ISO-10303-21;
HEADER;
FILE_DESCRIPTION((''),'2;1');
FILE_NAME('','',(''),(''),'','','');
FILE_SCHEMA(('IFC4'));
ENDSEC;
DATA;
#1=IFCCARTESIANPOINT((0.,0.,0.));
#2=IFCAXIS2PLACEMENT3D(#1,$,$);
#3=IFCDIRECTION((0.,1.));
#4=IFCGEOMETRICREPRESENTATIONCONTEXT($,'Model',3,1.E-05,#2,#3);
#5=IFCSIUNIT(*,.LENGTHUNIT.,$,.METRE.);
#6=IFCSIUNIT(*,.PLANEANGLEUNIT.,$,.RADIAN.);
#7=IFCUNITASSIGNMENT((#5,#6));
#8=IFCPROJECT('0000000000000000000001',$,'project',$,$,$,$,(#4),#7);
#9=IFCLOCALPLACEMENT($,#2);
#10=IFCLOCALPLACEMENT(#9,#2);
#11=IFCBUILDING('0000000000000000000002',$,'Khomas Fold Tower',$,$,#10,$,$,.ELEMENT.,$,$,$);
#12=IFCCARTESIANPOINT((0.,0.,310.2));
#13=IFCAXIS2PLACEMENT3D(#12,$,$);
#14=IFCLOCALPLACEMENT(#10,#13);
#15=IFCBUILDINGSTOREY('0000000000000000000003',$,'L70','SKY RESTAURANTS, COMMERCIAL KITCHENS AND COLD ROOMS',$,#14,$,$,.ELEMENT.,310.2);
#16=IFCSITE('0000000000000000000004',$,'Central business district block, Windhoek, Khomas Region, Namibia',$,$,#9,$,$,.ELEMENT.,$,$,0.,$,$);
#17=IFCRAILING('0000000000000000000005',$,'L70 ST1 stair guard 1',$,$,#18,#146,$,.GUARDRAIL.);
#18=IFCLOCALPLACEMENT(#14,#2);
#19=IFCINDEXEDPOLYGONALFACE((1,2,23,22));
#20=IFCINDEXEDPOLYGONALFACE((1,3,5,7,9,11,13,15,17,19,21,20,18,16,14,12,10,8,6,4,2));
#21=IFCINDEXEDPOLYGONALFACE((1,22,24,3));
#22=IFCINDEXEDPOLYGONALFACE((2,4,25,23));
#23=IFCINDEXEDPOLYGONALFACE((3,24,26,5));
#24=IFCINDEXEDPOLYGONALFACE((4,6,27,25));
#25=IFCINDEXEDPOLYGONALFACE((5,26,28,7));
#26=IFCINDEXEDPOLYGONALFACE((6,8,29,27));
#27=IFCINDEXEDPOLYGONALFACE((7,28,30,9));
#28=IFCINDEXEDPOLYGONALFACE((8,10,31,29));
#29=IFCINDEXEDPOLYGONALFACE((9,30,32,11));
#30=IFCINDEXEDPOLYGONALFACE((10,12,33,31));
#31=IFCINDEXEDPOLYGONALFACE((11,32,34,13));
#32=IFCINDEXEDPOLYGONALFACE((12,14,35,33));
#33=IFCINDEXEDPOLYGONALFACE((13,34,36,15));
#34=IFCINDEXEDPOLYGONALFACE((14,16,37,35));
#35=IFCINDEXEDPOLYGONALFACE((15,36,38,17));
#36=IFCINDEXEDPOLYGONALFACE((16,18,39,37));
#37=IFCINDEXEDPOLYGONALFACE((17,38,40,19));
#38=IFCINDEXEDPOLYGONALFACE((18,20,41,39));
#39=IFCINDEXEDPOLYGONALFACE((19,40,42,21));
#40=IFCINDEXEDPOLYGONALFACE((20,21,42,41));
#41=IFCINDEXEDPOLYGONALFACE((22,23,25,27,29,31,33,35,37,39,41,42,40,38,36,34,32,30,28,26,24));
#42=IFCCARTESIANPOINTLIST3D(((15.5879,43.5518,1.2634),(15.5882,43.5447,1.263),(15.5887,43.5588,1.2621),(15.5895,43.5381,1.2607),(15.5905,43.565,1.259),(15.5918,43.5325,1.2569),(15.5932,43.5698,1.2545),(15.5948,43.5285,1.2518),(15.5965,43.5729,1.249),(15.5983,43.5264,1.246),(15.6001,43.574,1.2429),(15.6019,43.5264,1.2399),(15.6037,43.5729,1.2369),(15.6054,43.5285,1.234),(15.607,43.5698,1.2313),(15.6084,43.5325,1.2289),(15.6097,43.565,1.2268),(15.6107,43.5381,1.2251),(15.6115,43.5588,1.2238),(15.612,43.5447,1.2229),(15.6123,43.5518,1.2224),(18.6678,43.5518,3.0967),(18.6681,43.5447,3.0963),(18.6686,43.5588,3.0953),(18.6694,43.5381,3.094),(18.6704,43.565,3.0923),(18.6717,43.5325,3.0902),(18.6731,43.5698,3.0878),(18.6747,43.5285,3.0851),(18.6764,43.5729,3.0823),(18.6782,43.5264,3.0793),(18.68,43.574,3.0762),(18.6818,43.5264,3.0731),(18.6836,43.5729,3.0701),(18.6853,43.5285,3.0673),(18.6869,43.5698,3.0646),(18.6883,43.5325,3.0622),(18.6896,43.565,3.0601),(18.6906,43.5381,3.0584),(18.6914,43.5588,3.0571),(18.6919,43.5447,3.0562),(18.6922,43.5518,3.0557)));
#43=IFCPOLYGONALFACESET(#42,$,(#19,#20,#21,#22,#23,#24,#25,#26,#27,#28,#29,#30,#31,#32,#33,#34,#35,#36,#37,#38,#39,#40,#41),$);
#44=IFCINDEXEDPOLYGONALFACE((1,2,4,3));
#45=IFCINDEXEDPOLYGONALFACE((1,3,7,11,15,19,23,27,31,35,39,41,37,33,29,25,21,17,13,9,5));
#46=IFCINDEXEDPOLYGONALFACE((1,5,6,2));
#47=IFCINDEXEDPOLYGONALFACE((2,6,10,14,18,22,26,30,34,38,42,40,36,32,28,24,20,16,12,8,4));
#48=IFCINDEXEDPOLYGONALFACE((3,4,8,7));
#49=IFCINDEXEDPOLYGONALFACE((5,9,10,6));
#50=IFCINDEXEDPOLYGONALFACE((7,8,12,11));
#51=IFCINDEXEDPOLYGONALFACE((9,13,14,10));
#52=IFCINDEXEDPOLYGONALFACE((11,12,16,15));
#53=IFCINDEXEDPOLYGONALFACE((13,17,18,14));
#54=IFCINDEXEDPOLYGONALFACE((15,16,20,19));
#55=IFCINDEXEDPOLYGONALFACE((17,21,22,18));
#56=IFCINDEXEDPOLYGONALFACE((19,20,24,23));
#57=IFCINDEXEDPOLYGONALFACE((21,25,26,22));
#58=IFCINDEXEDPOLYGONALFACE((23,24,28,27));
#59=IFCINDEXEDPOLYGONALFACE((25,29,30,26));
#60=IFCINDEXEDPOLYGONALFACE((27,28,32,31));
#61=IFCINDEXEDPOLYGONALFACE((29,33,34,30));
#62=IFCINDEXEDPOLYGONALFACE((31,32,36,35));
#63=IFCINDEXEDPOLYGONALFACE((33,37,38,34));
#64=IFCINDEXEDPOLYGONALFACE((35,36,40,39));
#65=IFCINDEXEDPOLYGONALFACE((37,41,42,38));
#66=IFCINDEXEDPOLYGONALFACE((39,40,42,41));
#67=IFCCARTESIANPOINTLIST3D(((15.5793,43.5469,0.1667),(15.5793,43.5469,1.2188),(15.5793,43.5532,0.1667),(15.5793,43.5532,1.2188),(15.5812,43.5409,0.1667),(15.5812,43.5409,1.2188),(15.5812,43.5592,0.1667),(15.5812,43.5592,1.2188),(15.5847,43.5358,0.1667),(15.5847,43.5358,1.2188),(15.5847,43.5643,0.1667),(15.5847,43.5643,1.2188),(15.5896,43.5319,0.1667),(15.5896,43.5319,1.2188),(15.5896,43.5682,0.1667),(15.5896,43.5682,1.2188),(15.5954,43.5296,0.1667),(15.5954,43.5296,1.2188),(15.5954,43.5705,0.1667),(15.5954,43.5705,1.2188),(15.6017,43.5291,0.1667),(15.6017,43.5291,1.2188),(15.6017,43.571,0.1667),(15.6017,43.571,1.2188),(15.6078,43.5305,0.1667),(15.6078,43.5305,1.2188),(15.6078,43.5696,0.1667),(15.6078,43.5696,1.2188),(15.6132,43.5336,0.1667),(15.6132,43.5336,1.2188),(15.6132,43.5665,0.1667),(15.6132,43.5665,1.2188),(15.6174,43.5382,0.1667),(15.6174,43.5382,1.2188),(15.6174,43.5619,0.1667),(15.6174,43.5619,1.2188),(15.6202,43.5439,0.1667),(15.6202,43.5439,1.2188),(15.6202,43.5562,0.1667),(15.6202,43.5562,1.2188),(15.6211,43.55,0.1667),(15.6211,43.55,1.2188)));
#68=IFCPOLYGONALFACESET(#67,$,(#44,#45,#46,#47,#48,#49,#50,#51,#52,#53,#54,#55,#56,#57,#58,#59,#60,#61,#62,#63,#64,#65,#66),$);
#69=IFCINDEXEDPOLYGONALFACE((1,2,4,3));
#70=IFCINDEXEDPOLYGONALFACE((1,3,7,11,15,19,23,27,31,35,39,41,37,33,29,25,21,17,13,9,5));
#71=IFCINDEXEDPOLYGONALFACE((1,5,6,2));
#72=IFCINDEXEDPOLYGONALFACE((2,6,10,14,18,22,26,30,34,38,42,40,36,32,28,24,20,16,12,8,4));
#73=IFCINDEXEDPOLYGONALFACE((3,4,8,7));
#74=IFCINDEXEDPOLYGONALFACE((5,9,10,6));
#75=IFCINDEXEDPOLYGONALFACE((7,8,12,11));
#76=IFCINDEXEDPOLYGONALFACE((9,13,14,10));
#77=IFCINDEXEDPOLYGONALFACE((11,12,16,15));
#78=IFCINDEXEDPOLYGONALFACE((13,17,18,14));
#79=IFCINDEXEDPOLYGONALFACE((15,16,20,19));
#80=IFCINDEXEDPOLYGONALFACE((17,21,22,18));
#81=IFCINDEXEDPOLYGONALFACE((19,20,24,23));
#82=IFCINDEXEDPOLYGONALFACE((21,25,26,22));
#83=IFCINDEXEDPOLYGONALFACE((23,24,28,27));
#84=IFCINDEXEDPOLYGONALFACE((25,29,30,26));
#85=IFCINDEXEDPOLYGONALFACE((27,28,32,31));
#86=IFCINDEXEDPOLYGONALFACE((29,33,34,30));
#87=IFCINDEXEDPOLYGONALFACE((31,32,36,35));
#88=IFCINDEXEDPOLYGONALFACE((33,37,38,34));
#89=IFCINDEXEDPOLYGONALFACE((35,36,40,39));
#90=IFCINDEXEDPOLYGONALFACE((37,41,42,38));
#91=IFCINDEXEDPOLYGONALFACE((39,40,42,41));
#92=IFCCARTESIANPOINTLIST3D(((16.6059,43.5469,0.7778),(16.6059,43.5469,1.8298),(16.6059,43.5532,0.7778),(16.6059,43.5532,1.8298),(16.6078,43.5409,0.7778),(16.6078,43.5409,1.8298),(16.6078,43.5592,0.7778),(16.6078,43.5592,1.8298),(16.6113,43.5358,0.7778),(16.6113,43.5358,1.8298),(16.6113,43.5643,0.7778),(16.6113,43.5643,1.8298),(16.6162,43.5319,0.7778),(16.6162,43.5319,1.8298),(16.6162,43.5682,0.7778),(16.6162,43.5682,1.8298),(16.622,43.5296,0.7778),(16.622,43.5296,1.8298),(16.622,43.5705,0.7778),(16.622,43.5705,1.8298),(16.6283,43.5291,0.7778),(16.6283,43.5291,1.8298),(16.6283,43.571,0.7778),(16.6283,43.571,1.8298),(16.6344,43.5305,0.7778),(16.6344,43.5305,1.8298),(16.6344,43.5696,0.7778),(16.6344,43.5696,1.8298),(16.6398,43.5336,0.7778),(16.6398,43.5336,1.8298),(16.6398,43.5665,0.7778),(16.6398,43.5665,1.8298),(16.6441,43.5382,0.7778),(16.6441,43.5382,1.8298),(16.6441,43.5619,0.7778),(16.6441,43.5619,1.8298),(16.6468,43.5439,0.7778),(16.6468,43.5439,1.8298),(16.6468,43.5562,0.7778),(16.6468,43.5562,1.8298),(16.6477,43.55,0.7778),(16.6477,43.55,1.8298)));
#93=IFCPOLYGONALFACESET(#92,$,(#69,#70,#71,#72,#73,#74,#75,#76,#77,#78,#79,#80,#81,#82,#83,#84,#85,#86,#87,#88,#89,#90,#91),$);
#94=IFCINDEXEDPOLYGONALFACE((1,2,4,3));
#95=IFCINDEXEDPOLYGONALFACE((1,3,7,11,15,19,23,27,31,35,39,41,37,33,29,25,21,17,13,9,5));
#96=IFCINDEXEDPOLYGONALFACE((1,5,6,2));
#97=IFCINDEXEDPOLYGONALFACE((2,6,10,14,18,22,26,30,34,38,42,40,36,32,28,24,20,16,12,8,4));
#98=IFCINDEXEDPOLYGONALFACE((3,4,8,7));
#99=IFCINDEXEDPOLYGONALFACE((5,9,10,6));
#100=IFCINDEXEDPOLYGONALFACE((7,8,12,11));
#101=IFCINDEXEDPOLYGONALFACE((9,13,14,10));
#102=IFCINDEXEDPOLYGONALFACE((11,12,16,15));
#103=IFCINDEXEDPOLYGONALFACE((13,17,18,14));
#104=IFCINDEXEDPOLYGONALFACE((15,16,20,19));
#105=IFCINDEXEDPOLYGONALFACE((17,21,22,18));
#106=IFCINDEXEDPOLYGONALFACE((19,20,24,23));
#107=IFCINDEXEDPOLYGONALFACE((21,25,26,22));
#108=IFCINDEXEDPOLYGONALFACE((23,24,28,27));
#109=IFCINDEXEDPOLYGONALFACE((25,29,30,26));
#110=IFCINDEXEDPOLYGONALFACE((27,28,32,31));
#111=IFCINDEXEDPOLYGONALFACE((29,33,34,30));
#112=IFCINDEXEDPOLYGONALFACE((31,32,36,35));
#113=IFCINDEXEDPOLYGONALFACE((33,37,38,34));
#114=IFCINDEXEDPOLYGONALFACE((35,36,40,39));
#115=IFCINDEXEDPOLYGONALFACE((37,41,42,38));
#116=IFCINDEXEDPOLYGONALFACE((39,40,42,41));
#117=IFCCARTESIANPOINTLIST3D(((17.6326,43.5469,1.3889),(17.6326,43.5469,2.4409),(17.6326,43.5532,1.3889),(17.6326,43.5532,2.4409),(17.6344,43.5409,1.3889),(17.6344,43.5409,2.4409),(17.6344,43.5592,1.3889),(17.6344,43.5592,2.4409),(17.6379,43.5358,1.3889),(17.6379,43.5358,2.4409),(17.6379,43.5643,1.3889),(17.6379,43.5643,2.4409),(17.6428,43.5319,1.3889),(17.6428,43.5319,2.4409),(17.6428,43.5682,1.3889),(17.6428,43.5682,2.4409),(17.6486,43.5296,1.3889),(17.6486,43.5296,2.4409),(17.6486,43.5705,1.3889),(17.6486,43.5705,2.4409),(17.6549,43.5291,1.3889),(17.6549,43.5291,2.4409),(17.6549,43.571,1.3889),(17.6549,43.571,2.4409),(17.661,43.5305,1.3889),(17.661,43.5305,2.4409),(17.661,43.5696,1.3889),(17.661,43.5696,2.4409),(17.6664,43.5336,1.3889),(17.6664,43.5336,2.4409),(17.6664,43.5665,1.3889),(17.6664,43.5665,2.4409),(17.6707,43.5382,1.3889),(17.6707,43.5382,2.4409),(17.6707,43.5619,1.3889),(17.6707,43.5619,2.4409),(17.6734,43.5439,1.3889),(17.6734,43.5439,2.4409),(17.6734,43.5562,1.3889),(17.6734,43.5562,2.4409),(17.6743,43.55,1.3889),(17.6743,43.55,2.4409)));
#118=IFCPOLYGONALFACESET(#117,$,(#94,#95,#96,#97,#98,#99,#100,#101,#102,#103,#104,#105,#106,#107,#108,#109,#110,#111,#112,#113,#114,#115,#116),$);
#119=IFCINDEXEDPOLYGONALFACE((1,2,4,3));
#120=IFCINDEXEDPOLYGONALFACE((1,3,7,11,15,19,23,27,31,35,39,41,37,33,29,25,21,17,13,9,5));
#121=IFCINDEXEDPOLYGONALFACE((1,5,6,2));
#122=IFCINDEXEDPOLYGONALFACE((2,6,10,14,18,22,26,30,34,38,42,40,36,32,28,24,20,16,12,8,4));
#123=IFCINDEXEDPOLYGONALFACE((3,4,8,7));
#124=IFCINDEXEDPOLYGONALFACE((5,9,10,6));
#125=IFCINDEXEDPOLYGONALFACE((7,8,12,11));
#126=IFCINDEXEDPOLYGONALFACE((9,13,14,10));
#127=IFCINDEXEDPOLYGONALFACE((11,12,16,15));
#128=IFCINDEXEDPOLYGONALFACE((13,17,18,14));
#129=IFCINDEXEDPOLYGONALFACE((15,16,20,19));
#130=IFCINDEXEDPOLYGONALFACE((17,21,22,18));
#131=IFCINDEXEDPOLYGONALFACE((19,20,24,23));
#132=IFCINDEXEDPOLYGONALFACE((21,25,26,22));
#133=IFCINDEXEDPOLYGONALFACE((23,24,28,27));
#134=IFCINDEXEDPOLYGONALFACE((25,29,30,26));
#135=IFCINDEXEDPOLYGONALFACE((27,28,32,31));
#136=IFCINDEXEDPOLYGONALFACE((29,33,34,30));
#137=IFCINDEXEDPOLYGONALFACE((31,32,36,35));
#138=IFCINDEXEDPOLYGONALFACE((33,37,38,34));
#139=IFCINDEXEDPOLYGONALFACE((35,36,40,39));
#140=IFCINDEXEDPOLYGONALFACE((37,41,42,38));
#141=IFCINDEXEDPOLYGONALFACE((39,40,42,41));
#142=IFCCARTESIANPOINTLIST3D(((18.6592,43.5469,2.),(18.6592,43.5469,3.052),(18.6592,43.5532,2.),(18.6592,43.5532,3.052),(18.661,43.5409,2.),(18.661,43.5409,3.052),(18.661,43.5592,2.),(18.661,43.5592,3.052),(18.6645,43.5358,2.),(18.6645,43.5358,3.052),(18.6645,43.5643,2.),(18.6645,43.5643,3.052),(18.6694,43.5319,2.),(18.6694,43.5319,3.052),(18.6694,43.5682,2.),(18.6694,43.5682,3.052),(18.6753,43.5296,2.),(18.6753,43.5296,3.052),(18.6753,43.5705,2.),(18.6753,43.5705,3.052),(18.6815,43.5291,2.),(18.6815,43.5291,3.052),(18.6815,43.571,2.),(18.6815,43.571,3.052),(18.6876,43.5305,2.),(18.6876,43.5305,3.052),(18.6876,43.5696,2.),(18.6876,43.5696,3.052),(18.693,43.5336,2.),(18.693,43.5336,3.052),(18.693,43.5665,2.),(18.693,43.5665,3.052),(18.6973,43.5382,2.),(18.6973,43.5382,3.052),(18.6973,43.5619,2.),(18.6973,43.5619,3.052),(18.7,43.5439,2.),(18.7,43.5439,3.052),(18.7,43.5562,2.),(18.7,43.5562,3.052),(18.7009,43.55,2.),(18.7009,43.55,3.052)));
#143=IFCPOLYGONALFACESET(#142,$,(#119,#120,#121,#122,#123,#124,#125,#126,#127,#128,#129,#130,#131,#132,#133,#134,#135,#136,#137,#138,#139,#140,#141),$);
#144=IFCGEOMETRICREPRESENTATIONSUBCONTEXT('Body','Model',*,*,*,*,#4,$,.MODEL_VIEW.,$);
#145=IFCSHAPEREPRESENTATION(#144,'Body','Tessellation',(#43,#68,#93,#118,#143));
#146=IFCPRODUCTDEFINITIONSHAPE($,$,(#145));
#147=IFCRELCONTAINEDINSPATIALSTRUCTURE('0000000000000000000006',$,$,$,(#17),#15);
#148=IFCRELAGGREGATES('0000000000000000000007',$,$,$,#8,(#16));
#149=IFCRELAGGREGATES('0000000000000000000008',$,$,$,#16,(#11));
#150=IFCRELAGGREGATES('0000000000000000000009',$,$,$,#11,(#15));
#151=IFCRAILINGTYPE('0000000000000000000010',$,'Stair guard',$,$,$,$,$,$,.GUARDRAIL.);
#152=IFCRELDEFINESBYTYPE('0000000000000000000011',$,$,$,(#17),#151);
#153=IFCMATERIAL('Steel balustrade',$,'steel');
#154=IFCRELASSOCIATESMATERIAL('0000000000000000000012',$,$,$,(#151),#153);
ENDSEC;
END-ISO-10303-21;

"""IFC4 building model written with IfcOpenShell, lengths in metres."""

from ifc_helpers import new_model, si_unit, direction, frame, origin, origin_2d, place, context, subcontext, project, spatial, circle, extrude, source, transform, mapped, material, type_object, element, save


model = new_model("IFC4")

# Units and contexts
model_context = context("Model", 3, precision=1e-05, world=origin(), true_north=direction((0.0, 1.0)))
body_context = subcontext(model_context, "Body", "Model", "MODEL_VIEW")
ifc_project = project(units=[si_unit("LENGTHUNIT", "METRE"), si_unit("PLANEANGLEUNIT", "RADIAN")], contexts=[model_context])

# Site, building, storey
site_placement = place(None, origin())
site = spatial("IfcSite", under=ifc_project, at=site_placement, Name="Central business district block, Windhoek, Khomas Region, Namibia", CompositionType="ELEMENT", RefElevation=0.0)
building_placement = place(site_placement, origin())
building = spatial("IfcBuilding", under=site, at=building_placement, Name="Khomas Fold Tower", CompositionType="ELEMENT")
storey_placement = place(building_placement, frame((0.0, 0.0, 310.2)))
storey = spatial("IfcBuildingStorey", under=building, at=storey_placement, Name="L70", Description="SKY RESTAURANTS, COMMERCIAL KITCHENS AND COLD ROOMS", CompositionType="ELEMENT", Elevation=310.2)

# Railing
ifc_material_1 = material(Name="Steel balustrade", Category="steel")
railing_type_1 = type_object("IfcRailingType", Name="Stair guard", PredefinedType="GUARDRAIL", material=ifc_material_1)
shared_shape_1 = source(origin(), body_context, "Body", "SweptSolid", [
    extrude(circle(Radius=0.0239, at=origin_2d()), frame((0.0, 0.0, 1.0762), z_axis=(0.859291, 0.0, 0.511487), x_axis=(0.0, 1.0, 0.0)), (0.0, 0.0, 1.0), 3.5842),
    extrude(circle(Radius=0.021, at=origin_2d()), origin(), (0.0, 0.0, 1.0), 1.052),
    extrude(circle(Radius=0.021, at=origin_2d()), frame((1.0266, 0.0, 0.6111)), (0.0, 0.0, 1.0), 1.052),
    extrude(circle(Radius=0.021, at=origin_2d()), frame((2.0532, 0.0, 1.2222)), (0.0, 0.0, 1.0), 1.052),
    extrude(circle(Radius=0.021, at=origin_2d()), frame((3.0798, 0.0, 1.8333)), (0.0, 0.0, 1.0), 1.052),
])
railing_1_placement = place(storey_placement, frame((15.6001, 43.55, 0.1667)))
element("IfcRailing", 1, at=railing_1_placement, inside=storey, type_object=railing_type_1, Name="L70 ST1 stair guard 1", PredefinedType="GUARDRAIL", context=body_context, shape_type="MappedRepresentation", body=[
    mapped(shared_shape_1, transform((0.0, 0.0, 0.0))),
])

save(model, "model.ifc")
